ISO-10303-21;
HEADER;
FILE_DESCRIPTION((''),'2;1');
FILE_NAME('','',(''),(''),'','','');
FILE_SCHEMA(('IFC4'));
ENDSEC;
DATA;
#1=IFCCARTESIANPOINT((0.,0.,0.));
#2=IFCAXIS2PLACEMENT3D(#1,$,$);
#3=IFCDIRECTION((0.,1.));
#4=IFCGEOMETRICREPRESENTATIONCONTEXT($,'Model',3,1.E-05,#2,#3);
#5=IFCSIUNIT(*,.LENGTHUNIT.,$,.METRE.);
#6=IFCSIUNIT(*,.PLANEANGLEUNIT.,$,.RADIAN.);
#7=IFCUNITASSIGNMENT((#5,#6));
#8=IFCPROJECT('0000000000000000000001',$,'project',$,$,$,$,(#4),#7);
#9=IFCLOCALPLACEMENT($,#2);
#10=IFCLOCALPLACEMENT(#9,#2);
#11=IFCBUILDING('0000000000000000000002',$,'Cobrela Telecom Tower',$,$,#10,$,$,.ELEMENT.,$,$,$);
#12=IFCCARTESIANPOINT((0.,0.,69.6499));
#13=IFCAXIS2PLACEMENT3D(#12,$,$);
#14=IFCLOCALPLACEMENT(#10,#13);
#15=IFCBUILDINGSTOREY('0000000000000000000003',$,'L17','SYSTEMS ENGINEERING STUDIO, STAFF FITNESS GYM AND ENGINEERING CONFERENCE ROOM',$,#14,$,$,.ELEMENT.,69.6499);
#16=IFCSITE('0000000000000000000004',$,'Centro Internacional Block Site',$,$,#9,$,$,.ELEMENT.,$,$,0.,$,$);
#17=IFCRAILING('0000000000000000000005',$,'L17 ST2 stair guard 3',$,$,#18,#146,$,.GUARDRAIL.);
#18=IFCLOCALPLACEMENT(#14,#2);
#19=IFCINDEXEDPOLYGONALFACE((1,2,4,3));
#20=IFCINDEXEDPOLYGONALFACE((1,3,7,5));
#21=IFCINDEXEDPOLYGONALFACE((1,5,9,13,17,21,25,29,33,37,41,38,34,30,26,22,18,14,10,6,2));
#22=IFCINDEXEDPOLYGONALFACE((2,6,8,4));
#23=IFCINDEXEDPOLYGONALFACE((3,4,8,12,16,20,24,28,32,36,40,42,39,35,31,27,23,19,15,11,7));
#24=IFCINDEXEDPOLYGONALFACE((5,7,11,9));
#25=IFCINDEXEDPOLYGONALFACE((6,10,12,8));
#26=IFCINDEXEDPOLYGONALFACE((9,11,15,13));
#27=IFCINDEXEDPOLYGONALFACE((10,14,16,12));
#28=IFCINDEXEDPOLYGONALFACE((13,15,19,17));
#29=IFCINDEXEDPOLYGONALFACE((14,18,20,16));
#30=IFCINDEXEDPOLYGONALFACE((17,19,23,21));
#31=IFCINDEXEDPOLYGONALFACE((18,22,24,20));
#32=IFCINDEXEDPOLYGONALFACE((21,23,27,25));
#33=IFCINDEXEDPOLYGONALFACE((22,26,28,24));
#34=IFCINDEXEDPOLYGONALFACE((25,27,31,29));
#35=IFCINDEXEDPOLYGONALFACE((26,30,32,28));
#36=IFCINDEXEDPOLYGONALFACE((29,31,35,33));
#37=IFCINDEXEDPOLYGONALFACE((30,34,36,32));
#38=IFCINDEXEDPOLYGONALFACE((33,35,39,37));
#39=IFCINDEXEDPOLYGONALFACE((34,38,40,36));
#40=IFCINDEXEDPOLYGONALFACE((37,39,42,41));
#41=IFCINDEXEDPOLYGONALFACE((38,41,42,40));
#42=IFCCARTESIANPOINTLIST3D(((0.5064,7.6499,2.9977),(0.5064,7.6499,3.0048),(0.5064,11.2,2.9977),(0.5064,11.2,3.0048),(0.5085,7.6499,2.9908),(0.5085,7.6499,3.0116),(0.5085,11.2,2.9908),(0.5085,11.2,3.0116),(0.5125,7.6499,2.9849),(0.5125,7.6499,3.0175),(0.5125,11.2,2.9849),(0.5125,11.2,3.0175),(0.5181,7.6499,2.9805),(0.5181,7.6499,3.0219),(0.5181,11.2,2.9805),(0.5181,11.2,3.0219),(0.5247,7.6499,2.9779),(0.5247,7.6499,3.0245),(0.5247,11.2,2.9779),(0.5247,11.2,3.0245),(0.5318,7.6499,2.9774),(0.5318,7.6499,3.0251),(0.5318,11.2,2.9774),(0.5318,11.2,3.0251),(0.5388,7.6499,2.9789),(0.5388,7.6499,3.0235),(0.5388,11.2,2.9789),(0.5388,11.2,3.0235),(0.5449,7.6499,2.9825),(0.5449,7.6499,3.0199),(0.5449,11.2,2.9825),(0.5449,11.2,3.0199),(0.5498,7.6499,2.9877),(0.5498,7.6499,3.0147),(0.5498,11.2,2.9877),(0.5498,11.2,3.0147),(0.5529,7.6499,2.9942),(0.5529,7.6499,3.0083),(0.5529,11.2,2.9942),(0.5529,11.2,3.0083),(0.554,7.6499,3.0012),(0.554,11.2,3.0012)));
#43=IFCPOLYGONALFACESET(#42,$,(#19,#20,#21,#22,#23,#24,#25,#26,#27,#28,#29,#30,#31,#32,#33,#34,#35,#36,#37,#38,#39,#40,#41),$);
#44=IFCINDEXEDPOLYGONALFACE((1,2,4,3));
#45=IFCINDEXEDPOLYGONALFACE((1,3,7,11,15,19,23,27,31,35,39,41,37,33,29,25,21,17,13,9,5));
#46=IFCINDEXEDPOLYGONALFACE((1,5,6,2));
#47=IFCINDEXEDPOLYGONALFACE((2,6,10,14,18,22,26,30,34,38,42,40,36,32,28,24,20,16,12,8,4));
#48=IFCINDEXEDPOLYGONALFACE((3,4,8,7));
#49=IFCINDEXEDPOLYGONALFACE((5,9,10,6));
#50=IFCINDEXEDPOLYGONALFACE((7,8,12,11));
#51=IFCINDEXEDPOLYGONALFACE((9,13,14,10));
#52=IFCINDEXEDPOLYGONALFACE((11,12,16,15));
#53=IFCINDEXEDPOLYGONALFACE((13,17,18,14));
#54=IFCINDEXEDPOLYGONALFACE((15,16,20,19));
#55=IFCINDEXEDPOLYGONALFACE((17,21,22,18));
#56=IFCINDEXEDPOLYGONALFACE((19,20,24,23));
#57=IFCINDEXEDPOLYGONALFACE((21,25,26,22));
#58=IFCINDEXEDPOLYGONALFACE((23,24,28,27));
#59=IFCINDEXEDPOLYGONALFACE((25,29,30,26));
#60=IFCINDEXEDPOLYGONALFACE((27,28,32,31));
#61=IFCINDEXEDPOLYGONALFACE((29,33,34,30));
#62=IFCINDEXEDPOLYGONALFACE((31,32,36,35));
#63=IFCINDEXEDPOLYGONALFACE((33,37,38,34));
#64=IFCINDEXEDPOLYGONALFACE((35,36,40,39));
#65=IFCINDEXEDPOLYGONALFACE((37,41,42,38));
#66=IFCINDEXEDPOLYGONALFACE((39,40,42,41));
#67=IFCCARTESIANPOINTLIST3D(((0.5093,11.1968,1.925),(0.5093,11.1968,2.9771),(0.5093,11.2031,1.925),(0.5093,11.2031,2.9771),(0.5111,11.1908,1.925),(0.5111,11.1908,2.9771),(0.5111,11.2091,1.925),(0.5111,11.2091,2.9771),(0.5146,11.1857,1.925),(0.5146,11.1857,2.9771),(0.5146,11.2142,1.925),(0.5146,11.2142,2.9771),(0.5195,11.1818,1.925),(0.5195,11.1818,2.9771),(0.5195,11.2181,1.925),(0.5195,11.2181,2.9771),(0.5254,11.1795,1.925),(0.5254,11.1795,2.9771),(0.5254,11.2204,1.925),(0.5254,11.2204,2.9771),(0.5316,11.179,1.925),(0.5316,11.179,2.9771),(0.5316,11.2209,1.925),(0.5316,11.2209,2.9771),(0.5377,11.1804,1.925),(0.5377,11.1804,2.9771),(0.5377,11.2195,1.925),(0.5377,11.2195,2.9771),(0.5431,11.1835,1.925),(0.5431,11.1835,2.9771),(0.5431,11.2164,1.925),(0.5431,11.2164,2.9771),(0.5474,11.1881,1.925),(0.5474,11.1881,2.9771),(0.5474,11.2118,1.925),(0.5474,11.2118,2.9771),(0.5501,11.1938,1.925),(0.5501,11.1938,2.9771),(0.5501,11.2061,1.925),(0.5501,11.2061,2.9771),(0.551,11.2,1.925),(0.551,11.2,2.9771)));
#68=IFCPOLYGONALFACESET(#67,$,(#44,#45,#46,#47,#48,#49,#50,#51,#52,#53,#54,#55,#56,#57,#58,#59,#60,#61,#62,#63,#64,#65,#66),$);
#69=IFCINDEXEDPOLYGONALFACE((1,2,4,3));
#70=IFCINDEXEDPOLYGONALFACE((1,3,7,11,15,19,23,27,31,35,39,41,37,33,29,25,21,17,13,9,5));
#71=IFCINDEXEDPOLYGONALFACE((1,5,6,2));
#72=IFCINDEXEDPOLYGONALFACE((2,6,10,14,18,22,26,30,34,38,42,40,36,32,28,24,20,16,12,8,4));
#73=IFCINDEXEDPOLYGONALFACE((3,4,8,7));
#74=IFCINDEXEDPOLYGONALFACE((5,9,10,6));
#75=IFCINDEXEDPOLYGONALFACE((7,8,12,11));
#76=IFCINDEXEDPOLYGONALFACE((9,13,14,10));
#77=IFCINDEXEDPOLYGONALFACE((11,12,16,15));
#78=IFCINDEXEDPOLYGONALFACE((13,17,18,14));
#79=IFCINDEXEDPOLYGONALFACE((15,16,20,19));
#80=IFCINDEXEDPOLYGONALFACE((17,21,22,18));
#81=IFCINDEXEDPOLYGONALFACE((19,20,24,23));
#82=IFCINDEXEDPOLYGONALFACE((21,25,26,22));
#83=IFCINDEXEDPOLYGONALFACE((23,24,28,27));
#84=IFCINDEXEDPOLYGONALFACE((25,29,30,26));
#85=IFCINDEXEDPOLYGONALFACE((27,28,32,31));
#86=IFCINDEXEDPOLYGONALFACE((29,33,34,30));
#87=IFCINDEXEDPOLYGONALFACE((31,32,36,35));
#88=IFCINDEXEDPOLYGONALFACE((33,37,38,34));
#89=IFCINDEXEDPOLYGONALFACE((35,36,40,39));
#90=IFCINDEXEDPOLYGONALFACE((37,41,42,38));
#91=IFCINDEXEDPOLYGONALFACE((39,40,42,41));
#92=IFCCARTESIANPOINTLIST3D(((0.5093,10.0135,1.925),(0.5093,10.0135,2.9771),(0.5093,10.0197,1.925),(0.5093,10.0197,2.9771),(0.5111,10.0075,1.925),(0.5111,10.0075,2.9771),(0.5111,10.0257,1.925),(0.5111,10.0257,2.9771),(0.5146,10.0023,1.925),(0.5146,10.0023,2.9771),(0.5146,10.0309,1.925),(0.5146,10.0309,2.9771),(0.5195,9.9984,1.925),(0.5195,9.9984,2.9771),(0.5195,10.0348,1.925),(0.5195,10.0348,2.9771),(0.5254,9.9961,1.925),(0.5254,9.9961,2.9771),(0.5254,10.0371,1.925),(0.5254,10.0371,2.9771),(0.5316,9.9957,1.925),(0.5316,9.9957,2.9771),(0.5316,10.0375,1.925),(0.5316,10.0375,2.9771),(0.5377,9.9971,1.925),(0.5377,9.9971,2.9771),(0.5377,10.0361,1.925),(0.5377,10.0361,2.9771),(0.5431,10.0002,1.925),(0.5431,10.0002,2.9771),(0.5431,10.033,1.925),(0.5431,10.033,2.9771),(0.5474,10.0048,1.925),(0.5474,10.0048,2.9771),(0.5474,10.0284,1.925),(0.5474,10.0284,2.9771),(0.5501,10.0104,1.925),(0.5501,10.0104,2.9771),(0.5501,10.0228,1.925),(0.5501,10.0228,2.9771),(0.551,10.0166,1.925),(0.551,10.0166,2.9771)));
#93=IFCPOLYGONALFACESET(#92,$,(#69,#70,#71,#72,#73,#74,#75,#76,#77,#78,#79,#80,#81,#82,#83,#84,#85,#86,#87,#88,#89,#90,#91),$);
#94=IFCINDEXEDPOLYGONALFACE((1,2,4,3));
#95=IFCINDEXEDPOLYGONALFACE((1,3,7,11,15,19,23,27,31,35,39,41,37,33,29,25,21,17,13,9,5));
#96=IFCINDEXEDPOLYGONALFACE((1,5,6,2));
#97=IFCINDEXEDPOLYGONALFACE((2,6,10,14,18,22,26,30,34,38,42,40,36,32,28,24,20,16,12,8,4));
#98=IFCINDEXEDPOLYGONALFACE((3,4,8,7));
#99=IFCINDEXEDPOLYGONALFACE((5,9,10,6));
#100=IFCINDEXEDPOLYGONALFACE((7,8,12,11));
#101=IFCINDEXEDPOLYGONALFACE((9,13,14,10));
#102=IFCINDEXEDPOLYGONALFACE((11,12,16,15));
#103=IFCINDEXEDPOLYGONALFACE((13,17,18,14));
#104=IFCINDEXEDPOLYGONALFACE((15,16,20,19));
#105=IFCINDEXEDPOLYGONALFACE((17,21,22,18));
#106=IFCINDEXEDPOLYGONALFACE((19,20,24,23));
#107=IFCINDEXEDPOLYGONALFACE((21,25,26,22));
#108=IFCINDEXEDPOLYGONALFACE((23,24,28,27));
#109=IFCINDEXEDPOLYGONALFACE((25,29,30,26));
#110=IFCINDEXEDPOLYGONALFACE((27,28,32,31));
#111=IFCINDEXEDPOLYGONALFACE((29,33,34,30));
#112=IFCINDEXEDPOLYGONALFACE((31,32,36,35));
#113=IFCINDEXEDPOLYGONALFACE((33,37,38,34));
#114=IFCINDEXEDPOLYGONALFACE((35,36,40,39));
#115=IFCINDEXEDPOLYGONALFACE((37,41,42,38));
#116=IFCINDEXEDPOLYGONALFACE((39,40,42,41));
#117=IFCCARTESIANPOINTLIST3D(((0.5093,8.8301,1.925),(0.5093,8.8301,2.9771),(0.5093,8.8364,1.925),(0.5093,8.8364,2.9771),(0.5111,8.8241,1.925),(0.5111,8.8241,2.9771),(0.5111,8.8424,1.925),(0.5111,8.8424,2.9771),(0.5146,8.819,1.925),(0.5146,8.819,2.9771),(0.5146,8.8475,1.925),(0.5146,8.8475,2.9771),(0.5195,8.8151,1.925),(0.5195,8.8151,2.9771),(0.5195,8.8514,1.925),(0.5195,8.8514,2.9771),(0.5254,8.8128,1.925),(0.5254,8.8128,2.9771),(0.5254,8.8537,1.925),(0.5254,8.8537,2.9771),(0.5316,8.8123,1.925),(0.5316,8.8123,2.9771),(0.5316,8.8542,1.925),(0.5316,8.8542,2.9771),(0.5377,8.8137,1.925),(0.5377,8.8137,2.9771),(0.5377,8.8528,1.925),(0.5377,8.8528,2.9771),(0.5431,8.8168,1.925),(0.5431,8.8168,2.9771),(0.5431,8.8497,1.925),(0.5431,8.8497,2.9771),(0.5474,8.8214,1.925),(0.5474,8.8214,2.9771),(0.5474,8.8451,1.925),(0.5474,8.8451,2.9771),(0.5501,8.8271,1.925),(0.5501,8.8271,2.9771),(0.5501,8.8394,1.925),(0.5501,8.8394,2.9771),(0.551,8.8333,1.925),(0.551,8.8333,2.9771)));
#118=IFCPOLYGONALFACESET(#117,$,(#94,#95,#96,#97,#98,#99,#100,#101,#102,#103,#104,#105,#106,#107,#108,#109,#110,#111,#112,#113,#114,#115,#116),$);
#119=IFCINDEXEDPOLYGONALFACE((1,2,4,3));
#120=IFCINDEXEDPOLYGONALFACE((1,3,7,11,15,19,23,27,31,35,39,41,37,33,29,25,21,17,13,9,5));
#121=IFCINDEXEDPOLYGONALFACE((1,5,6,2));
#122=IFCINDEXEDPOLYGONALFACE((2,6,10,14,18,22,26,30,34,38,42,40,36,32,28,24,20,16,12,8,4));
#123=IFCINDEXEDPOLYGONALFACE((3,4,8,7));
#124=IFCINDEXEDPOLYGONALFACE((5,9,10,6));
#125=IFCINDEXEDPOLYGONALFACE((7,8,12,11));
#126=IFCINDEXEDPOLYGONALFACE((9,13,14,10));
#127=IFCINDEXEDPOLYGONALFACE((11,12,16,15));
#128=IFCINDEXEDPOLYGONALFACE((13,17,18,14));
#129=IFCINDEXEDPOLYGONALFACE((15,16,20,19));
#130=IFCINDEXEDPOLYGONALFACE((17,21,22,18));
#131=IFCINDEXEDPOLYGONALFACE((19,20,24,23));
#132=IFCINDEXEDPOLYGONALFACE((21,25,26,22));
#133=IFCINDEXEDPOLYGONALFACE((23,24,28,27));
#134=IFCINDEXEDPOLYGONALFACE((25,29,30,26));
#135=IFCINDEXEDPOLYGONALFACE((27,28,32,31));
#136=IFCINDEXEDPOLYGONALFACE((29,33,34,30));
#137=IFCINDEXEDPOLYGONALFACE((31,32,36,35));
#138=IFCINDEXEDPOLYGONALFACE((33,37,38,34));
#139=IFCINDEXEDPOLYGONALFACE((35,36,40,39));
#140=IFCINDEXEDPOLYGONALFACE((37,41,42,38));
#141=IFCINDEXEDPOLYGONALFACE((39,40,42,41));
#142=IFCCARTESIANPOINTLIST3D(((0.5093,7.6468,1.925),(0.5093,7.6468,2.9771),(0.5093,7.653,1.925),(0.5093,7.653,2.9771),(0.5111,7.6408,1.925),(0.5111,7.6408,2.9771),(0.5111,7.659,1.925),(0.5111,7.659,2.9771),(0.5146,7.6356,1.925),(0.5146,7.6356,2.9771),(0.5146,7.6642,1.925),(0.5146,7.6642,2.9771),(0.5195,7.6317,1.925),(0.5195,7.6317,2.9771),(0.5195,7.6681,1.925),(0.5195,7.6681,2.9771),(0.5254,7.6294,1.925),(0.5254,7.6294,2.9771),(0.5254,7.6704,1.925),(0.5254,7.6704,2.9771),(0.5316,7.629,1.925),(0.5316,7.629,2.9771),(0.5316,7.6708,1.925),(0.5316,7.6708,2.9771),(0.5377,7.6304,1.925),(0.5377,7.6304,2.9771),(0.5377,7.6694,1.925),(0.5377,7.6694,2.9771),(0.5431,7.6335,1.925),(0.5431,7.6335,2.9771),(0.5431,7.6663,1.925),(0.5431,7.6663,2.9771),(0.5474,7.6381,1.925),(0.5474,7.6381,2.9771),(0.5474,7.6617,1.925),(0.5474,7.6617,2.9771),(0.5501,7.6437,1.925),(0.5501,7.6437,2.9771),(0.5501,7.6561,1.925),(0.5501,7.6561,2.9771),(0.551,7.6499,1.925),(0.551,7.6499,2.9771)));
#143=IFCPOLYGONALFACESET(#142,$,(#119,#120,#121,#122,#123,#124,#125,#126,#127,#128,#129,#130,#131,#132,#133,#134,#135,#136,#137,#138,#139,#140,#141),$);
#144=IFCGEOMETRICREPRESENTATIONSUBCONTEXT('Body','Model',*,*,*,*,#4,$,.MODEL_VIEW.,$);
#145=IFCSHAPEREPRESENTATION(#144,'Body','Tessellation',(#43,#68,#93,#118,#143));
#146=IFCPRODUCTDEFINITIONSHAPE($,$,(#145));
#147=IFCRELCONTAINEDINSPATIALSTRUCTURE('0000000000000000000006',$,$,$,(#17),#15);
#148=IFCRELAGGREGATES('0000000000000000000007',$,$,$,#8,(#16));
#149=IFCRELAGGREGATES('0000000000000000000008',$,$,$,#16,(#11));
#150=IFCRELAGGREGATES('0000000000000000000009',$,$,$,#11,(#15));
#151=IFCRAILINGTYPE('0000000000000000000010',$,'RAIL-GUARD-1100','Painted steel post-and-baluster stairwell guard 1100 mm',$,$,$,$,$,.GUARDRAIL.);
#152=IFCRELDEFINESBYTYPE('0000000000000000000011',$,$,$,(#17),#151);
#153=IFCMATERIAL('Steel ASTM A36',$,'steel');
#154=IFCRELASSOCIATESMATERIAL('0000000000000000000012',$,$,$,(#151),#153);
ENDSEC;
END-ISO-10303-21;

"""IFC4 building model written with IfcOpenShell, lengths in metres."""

from ifc_helpers import new_model, si_unit, direction, frame, origin, origin_2d, place, context, subcontext, project, spatial, circle, extrude, material, type_object, element, save


model = new_model("IFC4")

# Units and contexts
model_context = context("Model", 3, precision=1e-05, world=origin(), true_north=direction((0.0, 1.0)))
body_context = subcontext(model_context, "Body", "Model", "MODEL_VIEW")
ifc_project = project(units=[si_unit("LENGTHUNIT", "METRE"), si_unit("PLANEANGLEUNIT", "RADIAN")], contexts=[model_context])

# Site, building, storey
site_placement = place(None, origin())
site = spatial("IfcSite", under=ifc_project, at=site_placement, Name="Centro Internacional Block Site", CompositionType="ELEMENT", RefElevation=0.0)
building_placement = place(site_placement, origin())
building = spatial("IfcBuilding", under=site, at=building_placement, Name="Cobrela Telecom Tower", CompositionType="ELEMENT")
storey_placement = place(building_placement, frame((0.0, 0.0, 69.6499)))
storey = spatial("IfcBuildingStorey", under=building, at=storey_placement, Name="L17", Description="SYSTEMS ENGINEERING STUDIO, STAFF FITNESS GYM AND ENGINEERING CONFERENCE ROOM", CompositionType="ELEMENT", Elevation=69.6499)

# Railing
ifc_material_1 = material(Name="Steel ASTM A36", Category="steel")
railing_type_1 = type_object("IfcRailingType", Name="RAIL-GUARD-1100", Description="Painted steel post-and-baluster stairwell guard 1100 mm", PredefinedType="GUARDRAIL", material=ifc_material_1)
railing_1_placement = place(storey_placement, frame((0.53, 11.2, 1.925)))
element("IfcRailing", 1, at=railing_1_placement, inside=storey, type_object=railing_type_1, Name="L17 ST2 stair guard 3", PredefinedType="GUARDRAIL", context=body_context, shape_type="SweptSolid", body=[
    extrude(circle(Radius=0.0239, at=origin_2d()), frame((0.0, 0.0, 1.0762), z_axis=(0.0, -1.0, 0.0), x_axis=(1.0, 0.0, 0.0)), (0.0, 0.0, 1.0), 3.55),
    extrude(circle(Radius=0.021, at=origin_2d()), origin(), (0.0, 0.0, 1.0), 1.052),
    extrude(circle(Radius=0.021, at=origin_2d()), frame((0.0, -1.1833, 0.0)), (0.0, 0.0, 1.0), 1.052),
    extrude(circle(Radius=0.021, at=origin_2d()), frame((0.0, -2.3667, 0.0)), (0.0, 0.0, 1.0), 1.052),
    extrude(circle(Radius=0.021, at=origin_2d()), frame((0.0, -3.55, 0.0)), (0.0, 0.0, 1.0), 1.052),
])

save(model, "model.ifc")
